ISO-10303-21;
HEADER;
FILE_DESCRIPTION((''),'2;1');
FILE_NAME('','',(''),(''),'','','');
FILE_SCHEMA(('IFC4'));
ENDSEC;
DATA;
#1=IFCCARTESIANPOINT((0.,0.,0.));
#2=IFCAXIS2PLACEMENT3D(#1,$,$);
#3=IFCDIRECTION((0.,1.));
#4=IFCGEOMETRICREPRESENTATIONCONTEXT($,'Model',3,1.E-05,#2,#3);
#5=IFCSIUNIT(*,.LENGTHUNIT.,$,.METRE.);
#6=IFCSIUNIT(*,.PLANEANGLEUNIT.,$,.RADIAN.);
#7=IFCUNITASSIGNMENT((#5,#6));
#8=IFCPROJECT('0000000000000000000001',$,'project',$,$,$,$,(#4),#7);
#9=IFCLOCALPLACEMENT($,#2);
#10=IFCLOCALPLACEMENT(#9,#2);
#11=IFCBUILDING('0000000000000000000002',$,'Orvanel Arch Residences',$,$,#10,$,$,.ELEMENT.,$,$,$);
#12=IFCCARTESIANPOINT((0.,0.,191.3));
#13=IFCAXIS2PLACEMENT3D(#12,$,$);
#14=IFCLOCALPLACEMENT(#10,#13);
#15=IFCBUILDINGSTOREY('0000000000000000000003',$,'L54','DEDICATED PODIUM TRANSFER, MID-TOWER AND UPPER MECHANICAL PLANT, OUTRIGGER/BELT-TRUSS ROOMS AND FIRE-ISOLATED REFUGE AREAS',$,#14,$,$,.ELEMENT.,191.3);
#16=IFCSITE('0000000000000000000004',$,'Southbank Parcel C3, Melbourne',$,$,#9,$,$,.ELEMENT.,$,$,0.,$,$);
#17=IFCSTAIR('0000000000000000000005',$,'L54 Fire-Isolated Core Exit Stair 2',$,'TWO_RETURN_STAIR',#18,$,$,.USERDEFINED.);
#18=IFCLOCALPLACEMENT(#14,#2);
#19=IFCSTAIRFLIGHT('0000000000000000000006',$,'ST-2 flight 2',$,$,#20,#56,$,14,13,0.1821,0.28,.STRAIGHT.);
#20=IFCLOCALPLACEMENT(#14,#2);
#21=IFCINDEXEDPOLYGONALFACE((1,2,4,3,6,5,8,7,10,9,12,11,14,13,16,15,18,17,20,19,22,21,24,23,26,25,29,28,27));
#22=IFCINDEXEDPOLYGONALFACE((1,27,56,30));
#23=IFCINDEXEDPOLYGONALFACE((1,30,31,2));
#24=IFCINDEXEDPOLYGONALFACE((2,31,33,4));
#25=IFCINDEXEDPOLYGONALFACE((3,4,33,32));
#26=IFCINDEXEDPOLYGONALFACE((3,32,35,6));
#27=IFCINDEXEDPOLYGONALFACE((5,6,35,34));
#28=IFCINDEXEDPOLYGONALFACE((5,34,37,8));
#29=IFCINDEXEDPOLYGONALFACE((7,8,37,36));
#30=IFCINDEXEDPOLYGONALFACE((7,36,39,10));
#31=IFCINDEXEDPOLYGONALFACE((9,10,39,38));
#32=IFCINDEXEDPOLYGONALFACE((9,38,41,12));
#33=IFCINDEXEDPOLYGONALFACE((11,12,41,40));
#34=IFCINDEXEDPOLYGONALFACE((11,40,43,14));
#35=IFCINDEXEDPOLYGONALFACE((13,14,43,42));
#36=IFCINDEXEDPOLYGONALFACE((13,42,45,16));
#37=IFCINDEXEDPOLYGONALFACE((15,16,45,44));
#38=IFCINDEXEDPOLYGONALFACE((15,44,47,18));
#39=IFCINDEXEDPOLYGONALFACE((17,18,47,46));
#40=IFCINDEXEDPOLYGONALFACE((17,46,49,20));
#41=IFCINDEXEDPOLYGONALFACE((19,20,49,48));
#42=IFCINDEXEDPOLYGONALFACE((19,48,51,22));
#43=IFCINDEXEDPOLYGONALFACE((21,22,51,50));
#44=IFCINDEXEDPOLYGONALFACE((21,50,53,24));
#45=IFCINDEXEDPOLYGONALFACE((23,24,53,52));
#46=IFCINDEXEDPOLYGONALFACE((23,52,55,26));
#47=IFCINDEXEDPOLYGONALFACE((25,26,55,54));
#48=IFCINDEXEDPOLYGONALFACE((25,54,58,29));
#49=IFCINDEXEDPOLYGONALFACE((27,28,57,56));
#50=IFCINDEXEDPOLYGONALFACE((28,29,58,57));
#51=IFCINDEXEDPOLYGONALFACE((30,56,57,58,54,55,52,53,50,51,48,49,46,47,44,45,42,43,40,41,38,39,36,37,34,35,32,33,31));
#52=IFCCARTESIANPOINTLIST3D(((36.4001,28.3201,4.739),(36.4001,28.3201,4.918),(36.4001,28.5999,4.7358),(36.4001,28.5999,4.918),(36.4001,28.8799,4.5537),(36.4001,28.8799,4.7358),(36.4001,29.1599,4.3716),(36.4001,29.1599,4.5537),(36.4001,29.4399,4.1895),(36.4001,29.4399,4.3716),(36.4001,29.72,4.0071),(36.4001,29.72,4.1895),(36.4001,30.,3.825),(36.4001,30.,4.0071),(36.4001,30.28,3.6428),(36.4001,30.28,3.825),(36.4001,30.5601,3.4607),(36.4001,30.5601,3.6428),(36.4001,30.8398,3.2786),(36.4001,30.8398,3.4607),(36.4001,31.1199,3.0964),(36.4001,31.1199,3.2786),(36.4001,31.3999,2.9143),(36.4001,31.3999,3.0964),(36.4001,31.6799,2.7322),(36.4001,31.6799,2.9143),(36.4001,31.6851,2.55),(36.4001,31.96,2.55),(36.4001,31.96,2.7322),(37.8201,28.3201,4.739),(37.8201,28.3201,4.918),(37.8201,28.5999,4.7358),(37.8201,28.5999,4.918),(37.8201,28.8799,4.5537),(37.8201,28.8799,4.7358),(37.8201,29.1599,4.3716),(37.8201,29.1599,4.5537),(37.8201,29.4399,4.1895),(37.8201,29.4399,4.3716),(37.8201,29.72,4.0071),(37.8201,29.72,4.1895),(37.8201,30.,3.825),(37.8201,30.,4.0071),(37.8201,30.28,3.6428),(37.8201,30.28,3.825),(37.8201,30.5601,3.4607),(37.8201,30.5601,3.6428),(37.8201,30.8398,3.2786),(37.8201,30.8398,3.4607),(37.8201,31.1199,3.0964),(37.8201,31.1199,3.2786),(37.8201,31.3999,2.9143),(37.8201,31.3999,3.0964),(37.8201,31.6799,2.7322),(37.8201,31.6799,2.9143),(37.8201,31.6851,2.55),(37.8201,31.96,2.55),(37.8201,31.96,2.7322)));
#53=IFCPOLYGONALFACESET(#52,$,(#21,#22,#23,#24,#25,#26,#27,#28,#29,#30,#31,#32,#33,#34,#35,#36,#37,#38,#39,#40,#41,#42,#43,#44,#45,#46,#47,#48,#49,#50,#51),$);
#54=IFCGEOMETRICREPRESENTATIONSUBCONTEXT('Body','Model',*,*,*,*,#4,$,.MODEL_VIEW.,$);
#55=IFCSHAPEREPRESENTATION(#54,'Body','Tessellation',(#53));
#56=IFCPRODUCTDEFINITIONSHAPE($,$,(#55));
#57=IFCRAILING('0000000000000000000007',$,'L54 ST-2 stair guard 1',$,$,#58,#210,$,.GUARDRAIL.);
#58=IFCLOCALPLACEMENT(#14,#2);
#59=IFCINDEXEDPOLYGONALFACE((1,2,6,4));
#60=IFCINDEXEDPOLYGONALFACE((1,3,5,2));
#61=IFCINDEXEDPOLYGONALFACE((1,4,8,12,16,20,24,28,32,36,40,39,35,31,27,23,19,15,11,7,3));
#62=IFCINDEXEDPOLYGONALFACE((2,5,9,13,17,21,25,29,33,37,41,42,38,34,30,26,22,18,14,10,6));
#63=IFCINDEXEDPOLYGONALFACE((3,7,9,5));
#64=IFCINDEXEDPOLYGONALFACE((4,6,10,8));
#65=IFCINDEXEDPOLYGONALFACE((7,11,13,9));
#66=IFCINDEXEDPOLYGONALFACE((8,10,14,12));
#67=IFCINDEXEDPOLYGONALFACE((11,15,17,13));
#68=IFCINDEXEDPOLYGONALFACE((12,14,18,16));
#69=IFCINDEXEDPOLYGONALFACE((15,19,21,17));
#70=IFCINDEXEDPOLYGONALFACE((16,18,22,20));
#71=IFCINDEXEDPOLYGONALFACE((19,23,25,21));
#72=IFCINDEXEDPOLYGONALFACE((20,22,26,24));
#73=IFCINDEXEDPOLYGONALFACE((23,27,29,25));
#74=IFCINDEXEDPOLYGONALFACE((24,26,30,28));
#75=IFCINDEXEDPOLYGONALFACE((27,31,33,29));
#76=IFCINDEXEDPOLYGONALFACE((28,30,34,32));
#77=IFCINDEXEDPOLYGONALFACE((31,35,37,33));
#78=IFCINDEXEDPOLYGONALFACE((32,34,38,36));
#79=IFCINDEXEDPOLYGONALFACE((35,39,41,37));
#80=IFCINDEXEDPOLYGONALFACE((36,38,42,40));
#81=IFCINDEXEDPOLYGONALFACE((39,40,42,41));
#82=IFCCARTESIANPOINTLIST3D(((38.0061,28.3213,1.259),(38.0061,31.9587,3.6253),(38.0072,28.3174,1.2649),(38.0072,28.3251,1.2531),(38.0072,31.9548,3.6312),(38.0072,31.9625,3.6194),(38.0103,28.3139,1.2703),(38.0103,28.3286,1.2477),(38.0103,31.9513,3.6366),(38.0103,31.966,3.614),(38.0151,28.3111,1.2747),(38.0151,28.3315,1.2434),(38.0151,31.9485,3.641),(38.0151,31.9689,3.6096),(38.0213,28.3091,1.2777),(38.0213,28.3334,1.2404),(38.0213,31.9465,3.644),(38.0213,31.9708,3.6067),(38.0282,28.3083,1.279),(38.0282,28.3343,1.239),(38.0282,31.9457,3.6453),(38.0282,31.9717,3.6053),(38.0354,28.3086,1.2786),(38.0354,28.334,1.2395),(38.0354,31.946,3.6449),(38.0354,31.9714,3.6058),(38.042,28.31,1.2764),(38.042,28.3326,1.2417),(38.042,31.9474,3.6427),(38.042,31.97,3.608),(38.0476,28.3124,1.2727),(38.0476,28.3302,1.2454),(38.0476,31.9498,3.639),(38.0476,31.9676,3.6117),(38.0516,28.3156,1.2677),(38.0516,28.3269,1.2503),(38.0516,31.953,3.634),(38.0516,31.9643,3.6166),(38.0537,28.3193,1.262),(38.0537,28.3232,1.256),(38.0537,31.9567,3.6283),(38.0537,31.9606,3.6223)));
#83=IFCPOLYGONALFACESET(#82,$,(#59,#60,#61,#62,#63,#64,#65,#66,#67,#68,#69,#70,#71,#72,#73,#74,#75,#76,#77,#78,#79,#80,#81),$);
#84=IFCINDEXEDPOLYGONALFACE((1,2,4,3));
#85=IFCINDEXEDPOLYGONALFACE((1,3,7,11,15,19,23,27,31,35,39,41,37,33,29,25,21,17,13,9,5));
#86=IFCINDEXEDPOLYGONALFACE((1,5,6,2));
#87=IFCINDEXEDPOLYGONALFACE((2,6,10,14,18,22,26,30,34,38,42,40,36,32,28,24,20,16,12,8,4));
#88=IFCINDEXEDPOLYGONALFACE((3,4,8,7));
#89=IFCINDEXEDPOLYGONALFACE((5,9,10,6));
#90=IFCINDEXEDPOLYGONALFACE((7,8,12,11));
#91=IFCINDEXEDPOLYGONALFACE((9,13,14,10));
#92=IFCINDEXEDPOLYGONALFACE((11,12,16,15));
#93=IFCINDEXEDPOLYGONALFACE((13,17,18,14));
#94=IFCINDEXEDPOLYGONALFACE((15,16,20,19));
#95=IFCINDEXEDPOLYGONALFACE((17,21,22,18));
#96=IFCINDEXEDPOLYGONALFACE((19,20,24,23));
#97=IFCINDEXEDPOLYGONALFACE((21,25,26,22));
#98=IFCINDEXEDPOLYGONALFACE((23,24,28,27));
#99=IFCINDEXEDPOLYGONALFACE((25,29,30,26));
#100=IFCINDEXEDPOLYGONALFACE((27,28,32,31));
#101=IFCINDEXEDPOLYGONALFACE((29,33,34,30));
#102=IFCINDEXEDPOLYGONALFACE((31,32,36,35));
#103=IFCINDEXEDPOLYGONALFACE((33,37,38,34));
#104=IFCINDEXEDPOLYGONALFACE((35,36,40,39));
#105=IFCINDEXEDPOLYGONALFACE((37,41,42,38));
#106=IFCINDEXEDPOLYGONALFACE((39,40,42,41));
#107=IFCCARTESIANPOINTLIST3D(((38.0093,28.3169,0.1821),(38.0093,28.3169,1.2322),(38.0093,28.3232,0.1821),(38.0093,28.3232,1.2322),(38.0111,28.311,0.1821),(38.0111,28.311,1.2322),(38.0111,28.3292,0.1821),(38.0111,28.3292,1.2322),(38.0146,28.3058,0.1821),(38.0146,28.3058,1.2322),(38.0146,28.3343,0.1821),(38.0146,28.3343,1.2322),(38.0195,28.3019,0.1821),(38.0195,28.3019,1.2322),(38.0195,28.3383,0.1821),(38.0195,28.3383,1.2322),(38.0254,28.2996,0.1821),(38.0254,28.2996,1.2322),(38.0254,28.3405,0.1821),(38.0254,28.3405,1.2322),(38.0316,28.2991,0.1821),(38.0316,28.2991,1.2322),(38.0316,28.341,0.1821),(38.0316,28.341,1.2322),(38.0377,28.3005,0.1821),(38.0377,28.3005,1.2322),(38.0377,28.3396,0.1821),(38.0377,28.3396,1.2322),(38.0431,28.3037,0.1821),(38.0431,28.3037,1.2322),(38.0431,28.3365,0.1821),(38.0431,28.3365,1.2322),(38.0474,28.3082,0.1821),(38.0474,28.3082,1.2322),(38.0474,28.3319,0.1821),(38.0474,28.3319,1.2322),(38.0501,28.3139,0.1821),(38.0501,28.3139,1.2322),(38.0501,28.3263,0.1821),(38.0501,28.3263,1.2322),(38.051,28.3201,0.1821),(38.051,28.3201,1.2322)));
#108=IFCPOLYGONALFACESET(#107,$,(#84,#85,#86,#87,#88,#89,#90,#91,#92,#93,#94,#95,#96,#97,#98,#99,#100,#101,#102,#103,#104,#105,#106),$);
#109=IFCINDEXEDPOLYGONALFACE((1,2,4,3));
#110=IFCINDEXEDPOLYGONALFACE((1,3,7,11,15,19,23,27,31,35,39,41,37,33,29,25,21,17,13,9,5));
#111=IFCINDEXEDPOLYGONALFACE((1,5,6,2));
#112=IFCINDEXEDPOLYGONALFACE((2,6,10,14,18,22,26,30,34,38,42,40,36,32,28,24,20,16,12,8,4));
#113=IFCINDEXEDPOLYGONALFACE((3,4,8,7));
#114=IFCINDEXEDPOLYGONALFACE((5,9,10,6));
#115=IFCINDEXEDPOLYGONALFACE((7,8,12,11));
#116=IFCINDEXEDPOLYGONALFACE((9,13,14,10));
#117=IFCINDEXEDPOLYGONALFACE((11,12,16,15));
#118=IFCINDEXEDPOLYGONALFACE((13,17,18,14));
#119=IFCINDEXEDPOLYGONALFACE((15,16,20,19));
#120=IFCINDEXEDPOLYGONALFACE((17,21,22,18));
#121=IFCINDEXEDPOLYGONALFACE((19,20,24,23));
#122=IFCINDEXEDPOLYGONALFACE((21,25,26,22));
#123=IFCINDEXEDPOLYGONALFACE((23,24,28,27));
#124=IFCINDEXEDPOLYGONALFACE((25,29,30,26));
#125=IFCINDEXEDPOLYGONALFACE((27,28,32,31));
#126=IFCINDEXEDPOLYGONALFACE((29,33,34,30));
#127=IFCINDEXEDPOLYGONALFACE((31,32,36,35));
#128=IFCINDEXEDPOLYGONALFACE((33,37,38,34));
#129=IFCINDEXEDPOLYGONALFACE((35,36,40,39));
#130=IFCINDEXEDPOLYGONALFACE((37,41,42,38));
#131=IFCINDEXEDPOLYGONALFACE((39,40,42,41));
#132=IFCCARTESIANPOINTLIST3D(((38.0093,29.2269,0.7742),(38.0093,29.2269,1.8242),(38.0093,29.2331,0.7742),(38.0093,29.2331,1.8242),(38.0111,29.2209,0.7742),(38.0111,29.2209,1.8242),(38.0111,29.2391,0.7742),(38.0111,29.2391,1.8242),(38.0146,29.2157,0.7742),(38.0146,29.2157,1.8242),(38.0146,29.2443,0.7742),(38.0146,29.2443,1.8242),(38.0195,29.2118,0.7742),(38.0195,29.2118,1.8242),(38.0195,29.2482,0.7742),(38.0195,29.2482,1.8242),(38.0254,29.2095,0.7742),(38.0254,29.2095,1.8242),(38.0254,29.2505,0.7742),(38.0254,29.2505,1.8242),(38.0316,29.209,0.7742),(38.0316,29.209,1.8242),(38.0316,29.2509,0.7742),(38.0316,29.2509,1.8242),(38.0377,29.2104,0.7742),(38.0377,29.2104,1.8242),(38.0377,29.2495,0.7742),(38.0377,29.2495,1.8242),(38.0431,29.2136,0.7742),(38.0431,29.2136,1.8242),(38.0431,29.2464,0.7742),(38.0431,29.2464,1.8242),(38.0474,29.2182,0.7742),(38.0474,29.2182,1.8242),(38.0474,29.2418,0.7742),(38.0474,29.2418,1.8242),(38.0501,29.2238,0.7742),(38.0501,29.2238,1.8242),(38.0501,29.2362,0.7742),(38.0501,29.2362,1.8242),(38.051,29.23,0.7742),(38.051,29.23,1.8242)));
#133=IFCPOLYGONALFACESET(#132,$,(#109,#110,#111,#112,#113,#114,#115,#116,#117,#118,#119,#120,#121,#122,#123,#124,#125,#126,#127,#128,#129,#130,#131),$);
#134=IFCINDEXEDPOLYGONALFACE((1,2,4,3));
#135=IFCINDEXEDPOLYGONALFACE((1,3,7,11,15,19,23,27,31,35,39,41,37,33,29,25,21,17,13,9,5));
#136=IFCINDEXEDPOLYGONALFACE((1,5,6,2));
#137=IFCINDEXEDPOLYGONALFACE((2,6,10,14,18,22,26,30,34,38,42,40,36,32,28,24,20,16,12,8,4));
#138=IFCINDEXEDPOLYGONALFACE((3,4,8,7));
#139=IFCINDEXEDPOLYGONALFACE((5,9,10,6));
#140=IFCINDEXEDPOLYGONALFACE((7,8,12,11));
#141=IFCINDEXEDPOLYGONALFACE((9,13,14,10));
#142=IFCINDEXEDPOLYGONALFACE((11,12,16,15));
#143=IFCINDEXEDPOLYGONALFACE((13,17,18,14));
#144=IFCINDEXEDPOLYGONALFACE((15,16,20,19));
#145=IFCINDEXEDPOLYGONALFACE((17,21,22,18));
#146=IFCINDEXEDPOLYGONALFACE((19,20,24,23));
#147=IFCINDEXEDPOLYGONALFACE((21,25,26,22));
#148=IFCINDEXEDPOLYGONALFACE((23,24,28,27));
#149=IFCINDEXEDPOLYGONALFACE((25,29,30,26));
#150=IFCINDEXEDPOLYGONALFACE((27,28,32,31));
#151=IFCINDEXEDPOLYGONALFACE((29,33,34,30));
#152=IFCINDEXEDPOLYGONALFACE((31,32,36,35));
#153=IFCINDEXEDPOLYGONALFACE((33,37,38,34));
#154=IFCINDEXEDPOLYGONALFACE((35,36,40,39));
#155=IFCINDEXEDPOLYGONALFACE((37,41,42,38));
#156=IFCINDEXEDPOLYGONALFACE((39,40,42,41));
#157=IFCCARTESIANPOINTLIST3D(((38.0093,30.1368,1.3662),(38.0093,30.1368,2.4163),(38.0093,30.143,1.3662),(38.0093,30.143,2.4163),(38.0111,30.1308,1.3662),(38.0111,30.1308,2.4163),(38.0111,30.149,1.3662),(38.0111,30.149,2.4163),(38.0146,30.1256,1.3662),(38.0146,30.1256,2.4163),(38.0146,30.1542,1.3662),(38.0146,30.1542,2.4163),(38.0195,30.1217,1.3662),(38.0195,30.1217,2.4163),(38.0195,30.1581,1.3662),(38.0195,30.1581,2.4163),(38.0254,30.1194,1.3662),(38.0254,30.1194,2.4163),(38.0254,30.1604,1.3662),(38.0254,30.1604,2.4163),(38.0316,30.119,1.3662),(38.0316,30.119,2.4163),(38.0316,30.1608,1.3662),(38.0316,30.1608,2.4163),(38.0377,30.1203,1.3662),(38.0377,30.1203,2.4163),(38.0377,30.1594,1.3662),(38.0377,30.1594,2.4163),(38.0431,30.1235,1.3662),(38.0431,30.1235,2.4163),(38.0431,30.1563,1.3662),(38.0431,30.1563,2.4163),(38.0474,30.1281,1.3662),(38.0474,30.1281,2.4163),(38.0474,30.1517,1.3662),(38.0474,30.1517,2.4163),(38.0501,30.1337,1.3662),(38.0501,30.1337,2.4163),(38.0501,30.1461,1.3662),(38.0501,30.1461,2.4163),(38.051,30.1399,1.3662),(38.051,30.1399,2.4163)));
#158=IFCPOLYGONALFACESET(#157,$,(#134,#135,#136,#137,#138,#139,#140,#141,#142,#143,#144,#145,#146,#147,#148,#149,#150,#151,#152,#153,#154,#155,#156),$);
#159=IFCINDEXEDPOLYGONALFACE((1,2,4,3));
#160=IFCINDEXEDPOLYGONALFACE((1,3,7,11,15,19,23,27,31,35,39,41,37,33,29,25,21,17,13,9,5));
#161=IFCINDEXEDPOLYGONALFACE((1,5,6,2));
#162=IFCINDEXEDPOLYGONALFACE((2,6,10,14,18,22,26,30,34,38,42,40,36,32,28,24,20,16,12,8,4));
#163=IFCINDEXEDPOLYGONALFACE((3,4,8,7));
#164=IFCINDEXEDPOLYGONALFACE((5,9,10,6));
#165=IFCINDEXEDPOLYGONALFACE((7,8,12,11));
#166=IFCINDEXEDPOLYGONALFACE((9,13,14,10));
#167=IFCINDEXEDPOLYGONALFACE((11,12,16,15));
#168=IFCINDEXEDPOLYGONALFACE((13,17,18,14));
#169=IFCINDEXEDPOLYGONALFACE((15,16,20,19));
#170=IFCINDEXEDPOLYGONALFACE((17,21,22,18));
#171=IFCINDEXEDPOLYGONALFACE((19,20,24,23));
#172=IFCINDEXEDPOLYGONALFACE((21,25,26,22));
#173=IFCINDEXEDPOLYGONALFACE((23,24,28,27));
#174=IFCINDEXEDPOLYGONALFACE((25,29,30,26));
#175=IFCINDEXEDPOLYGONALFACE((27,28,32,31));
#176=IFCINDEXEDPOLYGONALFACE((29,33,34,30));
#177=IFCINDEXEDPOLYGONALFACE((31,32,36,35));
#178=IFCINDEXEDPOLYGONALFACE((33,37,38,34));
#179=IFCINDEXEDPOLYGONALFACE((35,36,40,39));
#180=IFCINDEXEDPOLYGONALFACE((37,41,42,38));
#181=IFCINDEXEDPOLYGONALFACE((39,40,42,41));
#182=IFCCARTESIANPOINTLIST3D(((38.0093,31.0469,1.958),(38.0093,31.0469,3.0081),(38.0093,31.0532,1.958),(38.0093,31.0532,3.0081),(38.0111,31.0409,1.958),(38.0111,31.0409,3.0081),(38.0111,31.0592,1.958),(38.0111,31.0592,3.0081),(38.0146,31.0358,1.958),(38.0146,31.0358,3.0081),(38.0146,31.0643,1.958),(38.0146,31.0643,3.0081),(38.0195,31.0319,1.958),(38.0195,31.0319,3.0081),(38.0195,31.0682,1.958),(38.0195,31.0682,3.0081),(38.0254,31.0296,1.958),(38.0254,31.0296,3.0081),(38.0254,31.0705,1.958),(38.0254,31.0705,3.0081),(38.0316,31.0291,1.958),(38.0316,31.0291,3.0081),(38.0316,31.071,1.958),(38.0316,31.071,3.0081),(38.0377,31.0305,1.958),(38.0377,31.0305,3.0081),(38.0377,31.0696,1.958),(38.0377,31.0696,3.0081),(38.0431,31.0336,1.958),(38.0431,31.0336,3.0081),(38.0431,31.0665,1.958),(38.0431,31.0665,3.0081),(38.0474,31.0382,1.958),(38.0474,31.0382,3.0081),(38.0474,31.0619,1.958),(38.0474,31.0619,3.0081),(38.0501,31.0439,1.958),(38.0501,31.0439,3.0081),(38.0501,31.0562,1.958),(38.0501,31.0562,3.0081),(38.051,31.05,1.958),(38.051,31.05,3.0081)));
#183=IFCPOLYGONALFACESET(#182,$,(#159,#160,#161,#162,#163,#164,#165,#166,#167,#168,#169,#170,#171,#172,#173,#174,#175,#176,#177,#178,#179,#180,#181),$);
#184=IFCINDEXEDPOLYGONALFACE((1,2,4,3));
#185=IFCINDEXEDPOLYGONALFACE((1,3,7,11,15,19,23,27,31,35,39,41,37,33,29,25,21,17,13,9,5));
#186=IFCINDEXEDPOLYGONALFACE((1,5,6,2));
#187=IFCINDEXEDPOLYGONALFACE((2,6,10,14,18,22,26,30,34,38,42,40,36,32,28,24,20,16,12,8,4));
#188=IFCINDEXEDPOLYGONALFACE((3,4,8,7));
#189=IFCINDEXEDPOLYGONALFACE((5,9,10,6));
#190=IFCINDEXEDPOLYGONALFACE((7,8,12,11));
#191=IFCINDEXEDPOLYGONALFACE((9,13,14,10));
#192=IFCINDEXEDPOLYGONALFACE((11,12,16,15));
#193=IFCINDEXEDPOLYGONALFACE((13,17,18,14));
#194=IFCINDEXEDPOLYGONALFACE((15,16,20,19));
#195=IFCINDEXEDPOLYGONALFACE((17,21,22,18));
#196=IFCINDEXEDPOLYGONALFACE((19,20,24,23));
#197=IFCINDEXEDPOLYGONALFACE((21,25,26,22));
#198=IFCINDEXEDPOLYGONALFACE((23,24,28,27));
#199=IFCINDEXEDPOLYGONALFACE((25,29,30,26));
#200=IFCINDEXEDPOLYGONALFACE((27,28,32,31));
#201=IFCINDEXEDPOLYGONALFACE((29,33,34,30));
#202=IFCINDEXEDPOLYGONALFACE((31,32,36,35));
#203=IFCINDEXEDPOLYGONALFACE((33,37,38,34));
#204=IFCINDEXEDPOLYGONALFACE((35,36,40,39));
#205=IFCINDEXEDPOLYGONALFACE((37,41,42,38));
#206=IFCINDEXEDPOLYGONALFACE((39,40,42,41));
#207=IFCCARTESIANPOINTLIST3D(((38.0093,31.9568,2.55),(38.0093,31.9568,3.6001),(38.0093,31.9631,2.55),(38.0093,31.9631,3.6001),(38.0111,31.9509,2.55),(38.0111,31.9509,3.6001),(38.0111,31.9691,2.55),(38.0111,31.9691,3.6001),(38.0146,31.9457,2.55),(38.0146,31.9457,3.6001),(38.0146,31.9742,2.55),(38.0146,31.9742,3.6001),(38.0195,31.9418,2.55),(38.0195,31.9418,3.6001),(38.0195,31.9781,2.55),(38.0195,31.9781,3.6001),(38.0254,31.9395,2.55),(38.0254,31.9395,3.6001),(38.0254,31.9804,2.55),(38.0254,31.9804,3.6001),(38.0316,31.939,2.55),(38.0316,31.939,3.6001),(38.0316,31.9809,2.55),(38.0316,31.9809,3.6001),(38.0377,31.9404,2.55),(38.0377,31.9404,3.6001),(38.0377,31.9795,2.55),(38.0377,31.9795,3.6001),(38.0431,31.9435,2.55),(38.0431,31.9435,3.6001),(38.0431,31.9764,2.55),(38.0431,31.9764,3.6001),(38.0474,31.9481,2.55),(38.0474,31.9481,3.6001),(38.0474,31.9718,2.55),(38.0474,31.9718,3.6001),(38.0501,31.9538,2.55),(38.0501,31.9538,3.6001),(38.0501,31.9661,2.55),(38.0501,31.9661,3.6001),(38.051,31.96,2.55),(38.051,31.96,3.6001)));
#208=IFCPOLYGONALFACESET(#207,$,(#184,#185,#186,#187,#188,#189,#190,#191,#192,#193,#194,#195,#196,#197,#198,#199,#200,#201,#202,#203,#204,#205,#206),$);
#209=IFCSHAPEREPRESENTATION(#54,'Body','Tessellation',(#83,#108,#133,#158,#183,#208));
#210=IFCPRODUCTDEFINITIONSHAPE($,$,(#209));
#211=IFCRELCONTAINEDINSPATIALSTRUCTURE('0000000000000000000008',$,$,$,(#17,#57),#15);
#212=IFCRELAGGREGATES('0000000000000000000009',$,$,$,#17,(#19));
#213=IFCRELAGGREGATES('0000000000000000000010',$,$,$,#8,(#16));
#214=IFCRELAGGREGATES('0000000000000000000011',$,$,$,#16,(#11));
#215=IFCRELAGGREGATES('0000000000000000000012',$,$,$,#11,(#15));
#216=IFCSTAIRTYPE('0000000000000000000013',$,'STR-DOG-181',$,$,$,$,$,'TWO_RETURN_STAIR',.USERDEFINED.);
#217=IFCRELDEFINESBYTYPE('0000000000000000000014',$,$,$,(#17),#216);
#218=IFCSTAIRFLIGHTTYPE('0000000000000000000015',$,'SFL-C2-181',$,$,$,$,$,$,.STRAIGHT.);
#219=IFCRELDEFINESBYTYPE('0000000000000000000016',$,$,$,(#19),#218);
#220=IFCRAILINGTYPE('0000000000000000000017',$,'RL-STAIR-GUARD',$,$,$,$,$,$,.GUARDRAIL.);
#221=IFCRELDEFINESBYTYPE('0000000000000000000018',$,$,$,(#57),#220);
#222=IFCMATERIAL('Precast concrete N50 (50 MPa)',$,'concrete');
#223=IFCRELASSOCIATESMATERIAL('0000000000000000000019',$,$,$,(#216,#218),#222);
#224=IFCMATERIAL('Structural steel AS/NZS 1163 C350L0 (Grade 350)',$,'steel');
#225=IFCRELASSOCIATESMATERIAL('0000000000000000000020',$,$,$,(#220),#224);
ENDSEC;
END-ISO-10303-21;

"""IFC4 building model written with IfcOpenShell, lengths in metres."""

from ifc_helpers import new_model, si_unit, direction, frame, origin, origin_2d, place, context, subcontext, project, spatial, polyline, circle, outline, extrude, material, type_object, element, aggregate, save


model = new_model("IFC4")

# Units and contexts
model_context = context("Model", 3, precision=1e-05, world=origin(), true_north=direction((0.0, 1.0)))
body_context = subcontext(model_context, "Body", "Model", "MODEL_VIEW")
ifc_project = project(units=[si_unit("LENGTHUNIT", "METRE"), si_unit("PLANEANGLEUNIT", "RADIAN")], contexts=[model_context])

# Site, building, storey
site_placement = place(None, origin())
site = spatial("IfcSite", under=ifc_project, at=site_placement, Name="Southbank Parcel C3, Melbourne", CompositionType="ELEMENT", RefElevation=0.0)
building_placement = place(site_placement, origin())
building = spatial("IfcBuilding", under=site, at=building_placement, Name="Orvanel Arch Residences", CompositionType="ELEMENT")
storey_placement = place(building_placement, frame((0.0, 0.0, 191.3)))
storey = spatial("IfcBuildingStorey", under=building, at=storey_placement, Name="L54", Description="DEDICATED PODIUM TRANSFER, MID-TOWER AND UPPER MECHANICAL PLANT, OUTRIGGER/BELT-TRUSS ROOMS AND FIRE-ISOLATED REFUGE AREAS", CompositionType="ELEMENT", Elevation=191.3)

# Stair, stair flight
ifc_material_1 = material(Name="Precast concrete N50 (50 MPa)", Category="concrete")
stair_type = type_object("IfcStairType", Name="STR-DOG-181", ElementType="TWO_RETURN_STAIR", PredefinedType="USERDEFINED", material=ifc_material_1)
stair_placement = place(storey_placement, origin())
stair = element("IfcStair", 1, at=stair_placement, inside=storey, type_object=stair_type, Name="L54 Fire-Isolated Core Exit Stair 2", ObjectType="TWO_RETURN_STAIR", PredefinedType="USERDEFINED")
stair_flight_type = type_object("IfcStairFlightType", Name="SFL-C2-181", PredefinedType="STRAIGHT", material=ifc_material_1)
stair_flight_1_placement = place(storey_placement, frame((37.1101, 31.96, 2.55), z_axis=(0.0, 0.0, 1.0), x_axis=(0.0, -1.0, 0.0)))
stair_flight_1 = element("IfcStairFlight", 2, at=stair_flight_1_placement, type_object=stair_flight_type, Name="ST-2 flight 2", NumberOfRisers=14, NumberOfTreads=13, PredefinedType="STRAIGHT", RiserHeight=0.1821, TreadLength=0.28, context=body_context, shape_type="SweptSolid", body=[
    extrude(outline(polyline([(0.0, 0.0), (0.0, 0.1821), (0.28, 0.1821), (0.28, 0.3643), (0.5601, 0.3643), (0.5601, 0.5464), (0.8401, 0.5464), (0.8401, 0.7285), (1.1201, 0.7285), (1.1201, 0.9106), (1.3999, 0.9106), (1.3999, 1.0928), (1.6799, 1.0928), (1.6799, 1.2749), (1.96, 1.2749), (1.96, 1.457), (2.24, 1.457), (2.24, 1.6394), (2.52, 1.6394), (2.52, 1.8215), (2.8, 1.8215), (2.8, 2.0037), (3.0801, 2.0037), (3.0801, 2.1858), (3.3601, 2.1858), (3.3601, 2.3679), (3.6399, 2.3679), (3.6399, 2.55), (3.6399, 2.189), (0.2749, 0.0), (0.0, 0.0)])), frame((0.0, 0.71, 0.0), z_axis=(0.0, -1.0, 0.0), x_axis=(1.0, 0.0, 0.0)), (0.0, 0.0, 1.0), 1.4199),
])
aggregate(stair, [stair_flight_1])

# Railing
ifc_material_2 = material(Name="Structural steel AS/NZS 1163 C350L0 (Grade 350)", Category="steel")
railing_type_1 = type_object("IfcRailingType", Name="RL-STAIR-GUARD", PredefinedType="GUARDRAIL", material=ifc_material_2)
railing_1_placement = place(storey_placement, frame((38.03, 28.3201, 0.1821)))
element("IfcRailing", 3, at=railing_1_placement, inside=storey, type_object=railing_type_1, Name="L54 ST-2 stair guard 1", PredefinedType="GUARDRAIL", context=body_context, shape_type="SweptSolid", body=[
    extrude(circle(Radius=0.0239, at=origin_2d()), frame((0.0, 0.0012, 1.0769), z_axis=(0.0, 0.838234, 0.54531), x_axis=(-1.0, 0.0, 0.0)), (0.0, 0.0, 1.0), 4.3394),
    extrude(circle(Radius=0.021, at=origin_2d()), origin(), (0.0, 0.0, 1.0), 1.05),
    extrude(circle(Radius=0.021, at=origin_2d()), frame((0.0, 0.9099, 0.592)), (0.0, 0.0, 1.0), 1.05),
    extrude(circle(Radius=0.021, at=origin_2d()), frame((0.0, 1.8198, 1.1841)), (0.0, 0.0, 1.0), 1.05),
    extrude(circle(Radius=0.021, at=origin_2d()), frame((0.0, 2.73, 1.7759)), (0.0, 0.0, 1.0), 1.05),
    extrude(circle(Radius=0.021, at=origin_2d()), frame((0.0, 3.6399, 2.3679)), (0.0, 0.0, 1.0), 1.05),
])

save(model, "model.ifc")
